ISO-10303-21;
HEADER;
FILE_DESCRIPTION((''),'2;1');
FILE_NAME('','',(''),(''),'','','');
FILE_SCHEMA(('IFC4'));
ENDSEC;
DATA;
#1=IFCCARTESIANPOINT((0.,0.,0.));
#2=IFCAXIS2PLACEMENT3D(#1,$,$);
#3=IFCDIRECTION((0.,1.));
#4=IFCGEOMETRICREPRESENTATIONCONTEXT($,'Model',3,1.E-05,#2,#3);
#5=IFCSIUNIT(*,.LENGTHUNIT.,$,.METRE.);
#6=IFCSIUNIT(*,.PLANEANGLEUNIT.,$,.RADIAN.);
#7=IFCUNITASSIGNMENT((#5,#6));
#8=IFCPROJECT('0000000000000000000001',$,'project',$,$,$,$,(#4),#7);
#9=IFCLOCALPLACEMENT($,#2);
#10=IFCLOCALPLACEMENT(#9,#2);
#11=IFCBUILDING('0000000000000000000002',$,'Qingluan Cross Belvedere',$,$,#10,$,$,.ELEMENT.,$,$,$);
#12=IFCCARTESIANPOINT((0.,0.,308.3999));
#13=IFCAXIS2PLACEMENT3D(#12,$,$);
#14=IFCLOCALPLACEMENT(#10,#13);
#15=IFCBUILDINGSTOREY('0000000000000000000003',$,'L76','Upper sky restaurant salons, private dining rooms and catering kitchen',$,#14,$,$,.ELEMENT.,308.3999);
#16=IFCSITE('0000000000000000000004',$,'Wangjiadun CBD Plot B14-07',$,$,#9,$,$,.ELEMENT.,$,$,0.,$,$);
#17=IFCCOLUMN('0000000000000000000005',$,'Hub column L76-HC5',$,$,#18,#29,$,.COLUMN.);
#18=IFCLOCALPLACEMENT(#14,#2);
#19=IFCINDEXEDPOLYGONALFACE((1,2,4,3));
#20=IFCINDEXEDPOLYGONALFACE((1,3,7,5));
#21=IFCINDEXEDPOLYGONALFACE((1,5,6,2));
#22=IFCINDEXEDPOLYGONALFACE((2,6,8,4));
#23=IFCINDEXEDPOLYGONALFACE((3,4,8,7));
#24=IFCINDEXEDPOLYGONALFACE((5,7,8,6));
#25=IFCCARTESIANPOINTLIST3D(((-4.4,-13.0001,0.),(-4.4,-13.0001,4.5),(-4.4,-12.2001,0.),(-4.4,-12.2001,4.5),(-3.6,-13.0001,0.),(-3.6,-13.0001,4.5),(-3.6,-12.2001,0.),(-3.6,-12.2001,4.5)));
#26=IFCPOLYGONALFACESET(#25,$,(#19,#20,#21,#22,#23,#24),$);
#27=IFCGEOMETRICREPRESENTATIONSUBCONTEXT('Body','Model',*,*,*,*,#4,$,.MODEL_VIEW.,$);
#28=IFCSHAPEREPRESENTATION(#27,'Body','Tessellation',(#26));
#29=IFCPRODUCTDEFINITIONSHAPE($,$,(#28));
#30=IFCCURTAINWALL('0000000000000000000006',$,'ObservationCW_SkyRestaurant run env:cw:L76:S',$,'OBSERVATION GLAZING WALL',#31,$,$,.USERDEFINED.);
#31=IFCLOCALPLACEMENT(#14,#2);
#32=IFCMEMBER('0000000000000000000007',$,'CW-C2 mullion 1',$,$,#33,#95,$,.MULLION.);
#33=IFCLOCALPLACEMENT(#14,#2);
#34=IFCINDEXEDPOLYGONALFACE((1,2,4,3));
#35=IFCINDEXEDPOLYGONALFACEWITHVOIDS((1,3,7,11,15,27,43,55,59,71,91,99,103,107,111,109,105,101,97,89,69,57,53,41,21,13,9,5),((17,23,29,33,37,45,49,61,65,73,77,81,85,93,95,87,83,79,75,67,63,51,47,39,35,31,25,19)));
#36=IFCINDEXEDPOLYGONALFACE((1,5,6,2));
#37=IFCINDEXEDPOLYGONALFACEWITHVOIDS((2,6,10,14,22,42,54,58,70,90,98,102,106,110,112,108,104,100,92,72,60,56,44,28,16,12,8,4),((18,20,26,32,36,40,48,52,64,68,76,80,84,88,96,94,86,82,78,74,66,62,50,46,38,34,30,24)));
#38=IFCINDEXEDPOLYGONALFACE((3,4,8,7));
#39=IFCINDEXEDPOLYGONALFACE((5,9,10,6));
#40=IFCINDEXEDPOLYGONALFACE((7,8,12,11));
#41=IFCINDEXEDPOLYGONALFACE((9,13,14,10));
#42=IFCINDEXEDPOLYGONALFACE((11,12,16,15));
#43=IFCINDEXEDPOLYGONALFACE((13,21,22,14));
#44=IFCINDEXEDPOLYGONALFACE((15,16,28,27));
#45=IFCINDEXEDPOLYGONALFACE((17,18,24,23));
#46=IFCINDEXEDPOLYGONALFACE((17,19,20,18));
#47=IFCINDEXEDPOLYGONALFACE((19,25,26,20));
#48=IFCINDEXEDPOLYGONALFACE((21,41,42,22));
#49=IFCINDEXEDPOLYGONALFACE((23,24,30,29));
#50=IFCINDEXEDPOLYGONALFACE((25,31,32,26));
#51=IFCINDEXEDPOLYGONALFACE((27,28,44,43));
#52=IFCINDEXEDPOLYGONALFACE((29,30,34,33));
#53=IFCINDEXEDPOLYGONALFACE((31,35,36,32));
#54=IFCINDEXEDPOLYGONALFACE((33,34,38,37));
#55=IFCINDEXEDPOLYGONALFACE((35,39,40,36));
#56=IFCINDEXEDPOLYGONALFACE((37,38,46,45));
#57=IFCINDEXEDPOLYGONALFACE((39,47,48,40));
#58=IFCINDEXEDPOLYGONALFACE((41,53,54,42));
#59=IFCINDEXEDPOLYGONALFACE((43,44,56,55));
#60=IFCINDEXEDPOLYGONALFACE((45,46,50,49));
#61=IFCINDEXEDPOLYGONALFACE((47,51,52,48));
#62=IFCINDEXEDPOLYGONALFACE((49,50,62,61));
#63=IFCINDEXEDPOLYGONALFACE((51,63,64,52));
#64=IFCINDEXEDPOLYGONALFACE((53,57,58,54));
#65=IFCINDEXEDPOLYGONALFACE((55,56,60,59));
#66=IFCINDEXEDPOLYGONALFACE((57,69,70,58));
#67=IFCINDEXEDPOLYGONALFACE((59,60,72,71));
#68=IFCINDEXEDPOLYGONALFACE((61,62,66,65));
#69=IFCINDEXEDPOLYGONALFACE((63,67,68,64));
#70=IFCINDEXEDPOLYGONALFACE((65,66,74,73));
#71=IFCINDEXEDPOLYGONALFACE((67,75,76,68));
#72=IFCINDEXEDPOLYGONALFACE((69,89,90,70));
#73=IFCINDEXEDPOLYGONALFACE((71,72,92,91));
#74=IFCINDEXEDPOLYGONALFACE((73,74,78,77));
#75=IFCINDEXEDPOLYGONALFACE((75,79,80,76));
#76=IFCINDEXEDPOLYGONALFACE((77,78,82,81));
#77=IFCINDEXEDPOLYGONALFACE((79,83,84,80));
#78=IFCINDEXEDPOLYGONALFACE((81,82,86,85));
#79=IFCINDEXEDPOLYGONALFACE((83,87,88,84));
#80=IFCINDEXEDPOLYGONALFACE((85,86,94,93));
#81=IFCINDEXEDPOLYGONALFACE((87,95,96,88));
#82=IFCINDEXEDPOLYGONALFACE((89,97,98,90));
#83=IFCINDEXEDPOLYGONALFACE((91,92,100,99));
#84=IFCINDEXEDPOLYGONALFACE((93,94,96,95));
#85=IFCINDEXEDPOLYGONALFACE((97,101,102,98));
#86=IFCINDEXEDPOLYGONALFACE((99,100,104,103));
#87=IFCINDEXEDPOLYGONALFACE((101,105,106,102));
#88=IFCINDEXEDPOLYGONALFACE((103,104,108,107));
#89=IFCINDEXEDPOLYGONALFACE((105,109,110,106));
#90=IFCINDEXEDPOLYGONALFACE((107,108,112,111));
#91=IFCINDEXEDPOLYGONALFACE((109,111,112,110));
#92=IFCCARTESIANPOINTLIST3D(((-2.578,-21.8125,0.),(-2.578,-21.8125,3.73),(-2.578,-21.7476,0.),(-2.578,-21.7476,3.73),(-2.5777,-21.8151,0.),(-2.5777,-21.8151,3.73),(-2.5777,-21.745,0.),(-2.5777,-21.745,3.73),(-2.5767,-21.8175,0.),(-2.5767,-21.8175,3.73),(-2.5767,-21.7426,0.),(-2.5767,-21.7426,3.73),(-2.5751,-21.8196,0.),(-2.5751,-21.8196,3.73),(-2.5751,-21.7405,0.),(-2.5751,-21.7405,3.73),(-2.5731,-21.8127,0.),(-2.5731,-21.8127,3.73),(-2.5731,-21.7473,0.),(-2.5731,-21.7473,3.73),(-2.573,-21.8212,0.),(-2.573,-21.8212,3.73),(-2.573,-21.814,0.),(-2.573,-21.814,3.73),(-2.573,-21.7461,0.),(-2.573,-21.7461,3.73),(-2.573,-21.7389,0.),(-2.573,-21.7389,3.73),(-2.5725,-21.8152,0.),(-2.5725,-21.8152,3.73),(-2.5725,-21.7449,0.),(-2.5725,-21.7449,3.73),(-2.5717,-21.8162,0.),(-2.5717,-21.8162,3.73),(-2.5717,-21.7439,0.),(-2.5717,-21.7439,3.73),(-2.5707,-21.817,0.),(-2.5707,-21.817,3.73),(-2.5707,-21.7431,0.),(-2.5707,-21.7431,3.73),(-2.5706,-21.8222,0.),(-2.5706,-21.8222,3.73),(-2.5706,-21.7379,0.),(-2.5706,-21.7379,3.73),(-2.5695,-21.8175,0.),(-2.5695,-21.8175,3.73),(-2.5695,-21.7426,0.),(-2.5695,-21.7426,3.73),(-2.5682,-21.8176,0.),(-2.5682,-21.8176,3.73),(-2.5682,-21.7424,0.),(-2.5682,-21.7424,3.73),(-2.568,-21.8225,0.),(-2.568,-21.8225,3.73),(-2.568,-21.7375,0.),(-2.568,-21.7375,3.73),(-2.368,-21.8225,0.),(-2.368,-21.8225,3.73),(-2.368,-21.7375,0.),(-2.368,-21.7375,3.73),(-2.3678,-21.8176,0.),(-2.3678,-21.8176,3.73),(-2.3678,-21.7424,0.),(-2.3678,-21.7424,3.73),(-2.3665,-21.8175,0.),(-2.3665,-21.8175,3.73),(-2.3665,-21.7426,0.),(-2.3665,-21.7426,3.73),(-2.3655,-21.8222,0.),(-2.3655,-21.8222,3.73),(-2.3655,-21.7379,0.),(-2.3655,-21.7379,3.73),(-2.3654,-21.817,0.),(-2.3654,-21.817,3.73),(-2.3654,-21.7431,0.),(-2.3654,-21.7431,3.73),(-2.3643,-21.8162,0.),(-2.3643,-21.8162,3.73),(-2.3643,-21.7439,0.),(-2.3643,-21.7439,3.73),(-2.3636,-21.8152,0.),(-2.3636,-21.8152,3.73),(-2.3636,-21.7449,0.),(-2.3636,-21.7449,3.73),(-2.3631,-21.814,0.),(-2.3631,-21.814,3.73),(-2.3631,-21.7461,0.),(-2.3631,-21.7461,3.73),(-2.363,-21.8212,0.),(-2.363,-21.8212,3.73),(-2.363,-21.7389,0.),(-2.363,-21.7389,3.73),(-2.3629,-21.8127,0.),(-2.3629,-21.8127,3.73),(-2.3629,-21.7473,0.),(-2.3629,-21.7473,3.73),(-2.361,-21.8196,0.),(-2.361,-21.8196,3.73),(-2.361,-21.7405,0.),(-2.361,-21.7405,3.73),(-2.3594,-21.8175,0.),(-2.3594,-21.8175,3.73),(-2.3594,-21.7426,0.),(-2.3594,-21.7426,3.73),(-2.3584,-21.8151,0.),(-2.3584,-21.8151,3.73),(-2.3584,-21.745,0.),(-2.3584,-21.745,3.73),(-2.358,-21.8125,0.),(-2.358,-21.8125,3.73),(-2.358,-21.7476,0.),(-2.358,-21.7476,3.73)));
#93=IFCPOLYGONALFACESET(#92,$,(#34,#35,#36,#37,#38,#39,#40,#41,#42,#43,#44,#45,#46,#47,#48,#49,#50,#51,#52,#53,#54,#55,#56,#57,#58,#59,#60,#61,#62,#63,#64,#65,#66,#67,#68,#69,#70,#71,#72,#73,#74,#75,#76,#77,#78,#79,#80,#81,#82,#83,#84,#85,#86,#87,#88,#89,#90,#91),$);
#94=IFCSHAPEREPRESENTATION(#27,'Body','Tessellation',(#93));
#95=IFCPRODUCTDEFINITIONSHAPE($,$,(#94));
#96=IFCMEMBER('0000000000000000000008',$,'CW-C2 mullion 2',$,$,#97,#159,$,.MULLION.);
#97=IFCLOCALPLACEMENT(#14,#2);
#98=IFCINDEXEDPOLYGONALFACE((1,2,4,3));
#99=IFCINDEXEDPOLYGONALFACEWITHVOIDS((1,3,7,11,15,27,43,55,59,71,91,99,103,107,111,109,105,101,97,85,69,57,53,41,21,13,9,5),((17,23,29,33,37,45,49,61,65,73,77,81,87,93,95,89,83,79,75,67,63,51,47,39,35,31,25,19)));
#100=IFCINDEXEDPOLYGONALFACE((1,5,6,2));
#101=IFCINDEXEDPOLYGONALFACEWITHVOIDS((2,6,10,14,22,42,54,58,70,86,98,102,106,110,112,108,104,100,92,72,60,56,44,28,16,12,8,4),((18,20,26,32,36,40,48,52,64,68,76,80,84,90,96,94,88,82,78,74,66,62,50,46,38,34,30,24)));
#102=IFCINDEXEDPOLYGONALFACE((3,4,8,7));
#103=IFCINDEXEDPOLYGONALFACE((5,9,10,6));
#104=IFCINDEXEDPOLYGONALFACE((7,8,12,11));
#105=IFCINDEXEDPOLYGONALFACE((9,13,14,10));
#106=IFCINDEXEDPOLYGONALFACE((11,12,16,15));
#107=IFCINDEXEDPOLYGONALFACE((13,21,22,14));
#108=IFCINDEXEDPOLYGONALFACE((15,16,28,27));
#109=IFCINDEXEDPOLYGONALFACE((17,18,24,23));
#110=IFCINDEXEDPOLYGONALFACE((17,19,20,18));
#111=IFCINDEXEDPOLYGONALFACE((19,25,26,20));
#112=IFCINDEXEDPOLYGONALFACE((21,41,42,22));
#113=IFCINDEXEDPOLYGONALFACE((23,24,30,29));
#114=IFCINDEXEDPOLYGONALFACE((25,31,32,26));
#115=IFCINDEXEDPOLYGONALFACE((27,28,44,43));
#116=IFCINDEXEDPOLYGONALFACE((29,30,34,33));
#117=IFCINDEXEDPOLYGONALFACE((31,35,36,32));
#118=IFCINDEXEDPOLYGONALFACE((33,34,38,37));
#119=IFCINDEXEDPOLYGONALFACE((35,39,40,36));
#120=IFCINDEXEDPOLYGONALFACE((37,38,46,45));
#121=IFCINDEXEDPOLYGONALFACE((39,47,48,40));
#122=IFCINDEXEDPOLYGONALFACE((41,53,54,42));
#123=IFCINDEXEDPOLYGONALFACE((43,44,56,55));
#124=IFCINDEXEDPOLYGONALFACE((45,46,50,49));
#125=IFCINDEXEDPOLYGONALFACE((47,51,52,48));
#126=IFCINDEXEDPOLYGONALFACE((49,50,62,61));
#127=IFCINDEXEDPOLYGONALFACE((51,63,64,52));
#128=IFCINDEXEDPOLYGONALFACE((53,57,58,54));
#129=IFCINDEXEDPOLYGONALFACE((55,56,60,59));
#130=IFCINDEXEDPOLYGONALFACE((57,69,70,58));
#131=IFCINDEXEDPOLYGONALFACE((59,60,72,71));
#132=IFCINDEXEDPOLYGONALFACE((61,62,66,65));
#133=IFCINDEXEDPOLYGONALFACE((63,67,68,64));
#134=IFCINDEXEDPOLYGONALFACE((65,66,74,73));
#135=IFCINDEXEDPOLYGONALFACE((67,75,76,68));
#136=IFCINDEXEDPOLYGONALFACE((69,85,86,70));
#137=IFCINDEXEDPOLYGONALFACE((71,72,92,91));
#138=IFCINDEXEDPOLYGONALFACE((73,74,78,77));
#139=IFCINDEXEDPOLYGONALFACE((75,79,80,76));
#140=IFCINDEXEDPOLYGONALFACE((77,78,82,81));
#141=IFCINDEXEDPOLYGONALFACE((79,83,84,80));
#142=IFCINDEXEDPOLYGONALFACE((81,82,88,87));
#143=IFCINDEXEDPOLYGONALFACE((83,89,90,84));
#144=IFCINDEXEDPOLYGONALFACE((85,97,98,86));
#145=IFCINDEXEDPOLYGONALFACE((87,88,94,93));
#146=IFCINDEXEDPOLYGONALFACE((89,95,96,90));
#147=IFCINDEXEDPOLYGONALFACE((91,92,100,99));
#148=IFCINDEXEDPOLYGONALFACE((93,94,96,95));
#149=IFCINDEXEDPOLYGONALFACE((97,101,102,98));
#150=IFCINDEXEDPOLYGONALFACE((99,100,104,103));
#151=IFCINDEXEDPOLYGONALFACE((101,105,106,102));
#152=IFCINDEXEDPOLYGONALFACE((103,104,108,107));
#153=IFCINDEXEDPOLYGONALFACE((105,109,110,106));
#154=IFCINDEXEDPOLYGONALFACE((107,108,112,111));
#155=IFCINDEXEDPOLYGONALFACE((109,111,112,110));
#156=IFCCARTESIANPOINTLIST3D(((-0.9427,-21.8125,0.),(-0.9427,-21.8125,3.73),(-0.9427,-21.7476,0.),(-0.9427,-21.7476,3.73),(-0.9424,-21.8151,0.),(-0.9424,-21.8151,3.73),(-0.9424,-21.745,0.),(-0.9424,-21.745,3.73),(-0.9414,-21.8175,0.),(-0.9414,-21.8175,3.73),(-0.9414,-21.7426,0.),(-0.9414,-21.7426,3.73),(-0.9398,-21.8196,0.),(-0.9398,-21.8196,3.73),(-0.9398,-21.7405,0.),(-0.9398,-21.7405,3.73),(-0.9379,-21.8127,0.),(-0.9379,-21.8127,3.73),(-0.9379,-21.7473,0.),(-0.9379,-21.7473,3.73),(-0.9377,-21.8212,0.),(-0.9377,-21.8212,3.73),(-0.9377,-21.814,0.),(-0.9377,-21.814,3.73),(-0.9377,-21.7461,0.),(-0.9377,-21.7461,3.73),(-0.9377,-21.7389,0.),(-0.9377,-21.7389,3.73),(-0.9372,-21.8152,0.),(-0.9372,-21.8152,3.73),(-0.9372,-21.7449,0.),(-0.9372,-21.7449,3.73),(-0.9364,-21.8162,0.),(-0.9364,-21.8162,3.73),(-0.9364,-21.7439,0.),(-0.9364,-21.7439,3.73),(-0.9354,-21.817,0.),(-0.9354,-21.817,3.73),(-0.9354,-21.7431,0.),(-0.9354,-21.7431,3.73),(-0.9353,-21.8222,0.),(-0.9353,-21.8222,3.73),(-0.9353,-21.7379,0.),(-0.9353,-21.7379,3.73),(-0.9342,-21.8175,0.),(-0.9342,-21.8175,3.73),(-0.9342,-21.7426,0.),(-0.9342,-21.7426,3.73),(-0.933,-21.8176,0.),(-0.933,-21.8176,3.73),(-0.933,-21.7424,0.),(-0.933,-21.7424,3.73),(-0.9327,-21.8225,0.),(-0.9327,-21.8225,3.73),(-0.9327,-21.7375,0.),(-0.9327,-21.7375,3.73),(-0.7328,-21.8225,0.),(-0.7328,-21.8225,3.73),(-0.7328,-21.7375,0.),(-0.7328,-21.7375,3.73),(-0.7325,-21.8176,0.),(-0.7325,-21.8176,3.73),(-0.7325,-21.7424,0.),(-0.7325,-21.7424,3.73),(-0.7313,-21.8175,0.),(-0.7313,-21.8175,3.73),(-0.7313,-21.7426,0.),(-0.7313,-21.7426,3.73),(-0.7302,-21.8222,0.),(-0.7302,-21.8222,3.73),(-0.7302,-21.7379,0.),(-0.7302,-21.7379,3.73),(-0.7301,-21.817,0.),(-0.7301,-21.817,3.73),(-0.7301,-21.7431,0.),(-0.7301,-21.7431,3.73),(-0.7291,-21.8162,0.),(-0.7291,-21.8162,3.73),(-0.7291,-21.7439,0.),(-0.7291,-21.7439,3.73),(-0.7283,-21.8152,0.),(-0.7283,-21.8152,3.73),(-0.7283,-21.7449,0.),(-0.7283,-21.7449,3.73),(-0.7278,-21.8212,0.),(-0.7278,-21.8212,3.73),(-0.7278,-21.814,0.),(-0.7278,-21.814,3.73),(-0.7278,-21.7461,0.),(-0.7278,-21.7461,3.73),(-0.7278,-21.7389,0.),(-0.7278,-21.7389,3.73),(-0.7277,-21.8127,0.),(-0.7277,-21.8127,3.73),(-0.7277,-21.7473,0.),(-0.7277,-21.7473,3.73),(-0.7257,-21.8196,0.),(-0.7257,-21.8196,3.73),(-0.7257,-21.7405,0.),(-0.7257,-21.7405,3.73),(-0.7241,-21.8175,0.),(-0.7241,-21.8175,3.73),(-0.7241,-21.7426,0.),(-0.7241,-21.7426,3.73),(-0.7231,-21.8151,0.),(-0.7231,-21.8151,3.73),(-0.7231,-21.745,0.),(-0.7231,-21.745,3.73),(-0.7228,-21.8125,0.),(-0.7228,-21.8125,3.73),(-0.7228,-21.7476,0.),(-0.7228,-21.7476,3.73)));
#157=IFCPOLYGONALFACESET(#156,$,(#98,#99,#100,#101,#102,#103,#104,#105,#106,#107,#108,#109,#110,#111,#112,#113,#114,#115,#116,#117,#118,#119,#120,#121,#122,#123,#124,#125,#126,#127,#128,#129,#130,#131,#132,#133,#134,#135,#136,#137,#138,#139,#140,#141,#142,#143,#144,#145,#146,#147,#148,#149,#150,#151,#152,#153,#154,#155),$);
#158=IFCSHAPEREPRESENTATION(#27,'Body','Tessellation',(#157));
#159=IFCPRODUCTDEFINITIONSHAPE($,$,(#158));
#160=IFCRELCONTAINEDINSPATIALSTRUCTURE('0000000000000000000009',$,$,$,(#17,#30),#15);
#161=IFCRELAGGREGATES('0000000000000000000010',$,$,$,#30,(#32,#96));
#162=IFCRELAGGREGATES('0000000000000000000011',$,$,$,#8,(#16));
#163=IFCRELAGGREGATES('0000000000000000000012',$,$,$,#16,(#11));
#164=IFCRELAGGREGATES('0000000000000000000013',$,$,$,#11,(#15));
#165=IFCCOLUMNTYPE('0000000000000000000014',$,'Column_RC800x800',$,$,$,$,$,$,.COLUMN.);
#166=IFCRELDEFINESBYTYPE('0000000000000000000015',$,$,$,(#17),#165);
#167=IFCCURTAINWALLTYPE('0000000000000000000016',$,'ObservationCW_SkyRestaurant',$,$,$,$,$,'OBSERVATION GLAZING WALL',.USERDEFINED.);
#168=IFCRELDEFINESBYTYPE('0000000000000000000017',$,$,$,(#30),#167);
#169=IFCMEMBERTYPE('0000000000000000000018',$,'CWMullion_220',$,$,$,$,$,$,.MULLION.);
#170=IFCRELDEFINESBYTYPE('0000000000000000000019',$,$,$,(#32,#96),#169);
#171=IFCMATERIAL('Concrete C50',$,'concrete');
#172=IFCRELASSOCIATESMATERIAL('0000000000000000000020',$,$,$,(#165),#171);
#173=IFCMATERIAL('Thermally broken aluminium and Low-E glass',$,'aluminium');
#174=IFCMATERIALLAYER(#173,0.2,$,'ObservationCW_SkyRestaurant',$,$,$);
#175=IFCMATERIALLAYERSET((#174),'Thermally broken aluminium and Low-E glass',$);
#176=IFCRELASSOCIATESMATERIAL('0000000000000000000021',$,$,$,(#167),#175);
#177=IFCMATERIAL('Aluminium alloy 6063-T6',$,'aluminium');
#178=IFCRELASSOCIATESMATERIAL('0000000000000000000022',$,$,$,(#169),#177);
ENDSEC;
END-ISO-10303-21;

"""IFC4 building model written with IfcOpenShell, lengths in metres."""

from ifc_helpers import new_model, si_unit, direction, frame, origin, origin_2d, place, context, subcontext, project, spatial, rectangle, hollow_rectangle, extrude, material, layer, layer_set, material_profile, profile_set, type_object, element, aggregate, save


model = new_model("IFC4")

# Units and contexts
model_context = context("Model", 3, precision=1e-05, world=origin(), true_north=direction((0.0, 1.0)))
body_context = subcontext(model_context, "Body", "Model", "MODEL_VIEW")
ifc_project = project(units=[si_unit("LENGTHUNIT", "METRE"), si_unit("PLANEANGLEUNIT", "RADIAN")], contexts=[model_context])

# Site, building, storey
site_placement = place(None, origin())
site = spatial("IfcSite", under=ifc_project, at=site_placement, Name="Wangjiadun CBD Plot B14-07", CompositionType="ELEMENT", RefElevation=0.0)
building_placement = place(site_placement, origin())
building = spatial("IfcBuilding", under=site, at=building_placement, Name="Qingluan Cross Belvedere", CompositionType="ELEMENT")
storey_placement = place(building_placement, frame((0.0, 0.0, 308.3999)))
storey = spatial("IfcBuildingStorey", under=building, at=storey_placement, Name="L76", Description="Upper sky restaurant salons, private dining rooms and catering kitchen", CompositionType="ELEMENT", Elevation=308.3999)

# Column
ifc_material_1 = material(Name="Concrete C50", Category="concrete")
ifc_material_profile_1 = material_profile(ifc_material_1, rectangle(XDim=0.8, YDim=0.8, at=origin_2d()), Name="RC800x800")
ifc_profile_set_1 = profile_set([ifc_material_profile_1], Name="Concrete C50")
column_type = type_object("IfcColumnType", Name="Column_RC800x800", PredefinedType="COLUMN", material=ifc_profile_set_1)
column_placement = place(storey_placement, frame((-4.0, -12.6001, 0.0), z_axis=(0.0, 0.0, 1.0), x_axis=(1.0, 0.0, 0.0)))
element("IfcColumn", 1, at=column_placement, inside=storey, type_object=column_type, Name="Hub column L76-HC5", PredefinedType="COLUMN", context=body_context, shape_type="SweptSolid", body=[
    extrude(rectangle(XDim=0.8, YDim=0.8, at=origin_2d()), origin(), (0.0, 0.0, 1.0), 4.5),
])

# Curtain wall, members
ifc_material_2 = material(Name="Thermally broken aluminium and Low-E glass", Category="aluminium")
ifc_layer_1 = layer(ifc_material_2, 0.2, Name="ObservationCW_SkyRestaurant")
ifc_layer_set_1 = layer_set([ifc_layer_1], Name="Thermally broken aluminium and Low-E glass")
curtain_wall_type = type_object("IfcCurtainWallType", Name="ObservationCW_SkyRestaurant", ElementType="OBSERVATION GLAZING WALL", PredefinedType="USERDEFINED", material=ifc_layer_set_1)
curtain_wall_placement = place(storey_placement, origin())
curtain_wall = element("IfcCurtainWall", 2, at=curtain_wall_placement, inside=storey, type_object=curtain_wall_type, Name="ObservationCW_SkyRestaurant run env:cw:L76:S", ObjectType="OBSERVATION GLAZING WALL", PredefinedType="USERDEFINED")
ifc_material_3 = material(Name="Aluminium alloy 6063-T6", Category="aluminium")
ifc_material_profile_2 = material_profile(ifc_material_3, hollow_rectangle(XDim=0.085, YDim=0.22, WallThickness=0.0049, InnerFilletRadius=0.0049, OuterFilletRadius=0.01, at=origin_2d()), Name="CWM220x85x5")
ifc_profile_set_2 = profile_set([ifc_material_profile_2], Name="Aluminium alloy 6063-T6")
member_type_1 = type_object("IfcMemberType", Name="CWMullion_220", PredefinedType="MULLION", material=ifc_profile_set_2)
member_1_placement = place(storey_placement, frame((-2.468, -21.78, 0.0), z_axis=(0.0, 0.0, 1.0), x_axis=(0.0, 1.0, 0.0)))
member_1 = element("IfcMember", 3, at=member_1_placement, type_object=member_type_1, Name="CW-C2 mullion 1", PredefinedType="MULLION", context=body_context, shape_type="SweptSolid", body=[
    extrude(hollow_rectangle(XDim=0.085, YDim=0.22, WallThickness=0.0049, InnerFilletRadius=0.0049, OuterFilletRadius=0.01, at=origin_2d()), origin(), (0.0, 0.0, 1.0), 3.73),
])
member_2_placement = place(storey_placement, frame((-0.8328, -21.78, 0.0), z_axis=(0.0, 0.0, 1.0), x_axis=(0.0, 1.0, 0.0)))
member_2 = element("IfcMember", 4, at=member_2_placement, type_object=member_type_1, Name="CW-C2 mullion 2", PredefinedType="MULLION", context=body_context, shape_type="SweptSolid", body=[
    extrude(hollow_rectangle(XDim=0.085, YDim=0.22, WallThickness=0.0049, InnerFilletRadius=0.0049, OuterFilletRadius=0.01, at=origin_2d()), origin(), (0.0, 0.0, 1.0), 3.73),
])

aggregate(curtain_wall, [member_1, member_2])

save(model, "model.ifc")
